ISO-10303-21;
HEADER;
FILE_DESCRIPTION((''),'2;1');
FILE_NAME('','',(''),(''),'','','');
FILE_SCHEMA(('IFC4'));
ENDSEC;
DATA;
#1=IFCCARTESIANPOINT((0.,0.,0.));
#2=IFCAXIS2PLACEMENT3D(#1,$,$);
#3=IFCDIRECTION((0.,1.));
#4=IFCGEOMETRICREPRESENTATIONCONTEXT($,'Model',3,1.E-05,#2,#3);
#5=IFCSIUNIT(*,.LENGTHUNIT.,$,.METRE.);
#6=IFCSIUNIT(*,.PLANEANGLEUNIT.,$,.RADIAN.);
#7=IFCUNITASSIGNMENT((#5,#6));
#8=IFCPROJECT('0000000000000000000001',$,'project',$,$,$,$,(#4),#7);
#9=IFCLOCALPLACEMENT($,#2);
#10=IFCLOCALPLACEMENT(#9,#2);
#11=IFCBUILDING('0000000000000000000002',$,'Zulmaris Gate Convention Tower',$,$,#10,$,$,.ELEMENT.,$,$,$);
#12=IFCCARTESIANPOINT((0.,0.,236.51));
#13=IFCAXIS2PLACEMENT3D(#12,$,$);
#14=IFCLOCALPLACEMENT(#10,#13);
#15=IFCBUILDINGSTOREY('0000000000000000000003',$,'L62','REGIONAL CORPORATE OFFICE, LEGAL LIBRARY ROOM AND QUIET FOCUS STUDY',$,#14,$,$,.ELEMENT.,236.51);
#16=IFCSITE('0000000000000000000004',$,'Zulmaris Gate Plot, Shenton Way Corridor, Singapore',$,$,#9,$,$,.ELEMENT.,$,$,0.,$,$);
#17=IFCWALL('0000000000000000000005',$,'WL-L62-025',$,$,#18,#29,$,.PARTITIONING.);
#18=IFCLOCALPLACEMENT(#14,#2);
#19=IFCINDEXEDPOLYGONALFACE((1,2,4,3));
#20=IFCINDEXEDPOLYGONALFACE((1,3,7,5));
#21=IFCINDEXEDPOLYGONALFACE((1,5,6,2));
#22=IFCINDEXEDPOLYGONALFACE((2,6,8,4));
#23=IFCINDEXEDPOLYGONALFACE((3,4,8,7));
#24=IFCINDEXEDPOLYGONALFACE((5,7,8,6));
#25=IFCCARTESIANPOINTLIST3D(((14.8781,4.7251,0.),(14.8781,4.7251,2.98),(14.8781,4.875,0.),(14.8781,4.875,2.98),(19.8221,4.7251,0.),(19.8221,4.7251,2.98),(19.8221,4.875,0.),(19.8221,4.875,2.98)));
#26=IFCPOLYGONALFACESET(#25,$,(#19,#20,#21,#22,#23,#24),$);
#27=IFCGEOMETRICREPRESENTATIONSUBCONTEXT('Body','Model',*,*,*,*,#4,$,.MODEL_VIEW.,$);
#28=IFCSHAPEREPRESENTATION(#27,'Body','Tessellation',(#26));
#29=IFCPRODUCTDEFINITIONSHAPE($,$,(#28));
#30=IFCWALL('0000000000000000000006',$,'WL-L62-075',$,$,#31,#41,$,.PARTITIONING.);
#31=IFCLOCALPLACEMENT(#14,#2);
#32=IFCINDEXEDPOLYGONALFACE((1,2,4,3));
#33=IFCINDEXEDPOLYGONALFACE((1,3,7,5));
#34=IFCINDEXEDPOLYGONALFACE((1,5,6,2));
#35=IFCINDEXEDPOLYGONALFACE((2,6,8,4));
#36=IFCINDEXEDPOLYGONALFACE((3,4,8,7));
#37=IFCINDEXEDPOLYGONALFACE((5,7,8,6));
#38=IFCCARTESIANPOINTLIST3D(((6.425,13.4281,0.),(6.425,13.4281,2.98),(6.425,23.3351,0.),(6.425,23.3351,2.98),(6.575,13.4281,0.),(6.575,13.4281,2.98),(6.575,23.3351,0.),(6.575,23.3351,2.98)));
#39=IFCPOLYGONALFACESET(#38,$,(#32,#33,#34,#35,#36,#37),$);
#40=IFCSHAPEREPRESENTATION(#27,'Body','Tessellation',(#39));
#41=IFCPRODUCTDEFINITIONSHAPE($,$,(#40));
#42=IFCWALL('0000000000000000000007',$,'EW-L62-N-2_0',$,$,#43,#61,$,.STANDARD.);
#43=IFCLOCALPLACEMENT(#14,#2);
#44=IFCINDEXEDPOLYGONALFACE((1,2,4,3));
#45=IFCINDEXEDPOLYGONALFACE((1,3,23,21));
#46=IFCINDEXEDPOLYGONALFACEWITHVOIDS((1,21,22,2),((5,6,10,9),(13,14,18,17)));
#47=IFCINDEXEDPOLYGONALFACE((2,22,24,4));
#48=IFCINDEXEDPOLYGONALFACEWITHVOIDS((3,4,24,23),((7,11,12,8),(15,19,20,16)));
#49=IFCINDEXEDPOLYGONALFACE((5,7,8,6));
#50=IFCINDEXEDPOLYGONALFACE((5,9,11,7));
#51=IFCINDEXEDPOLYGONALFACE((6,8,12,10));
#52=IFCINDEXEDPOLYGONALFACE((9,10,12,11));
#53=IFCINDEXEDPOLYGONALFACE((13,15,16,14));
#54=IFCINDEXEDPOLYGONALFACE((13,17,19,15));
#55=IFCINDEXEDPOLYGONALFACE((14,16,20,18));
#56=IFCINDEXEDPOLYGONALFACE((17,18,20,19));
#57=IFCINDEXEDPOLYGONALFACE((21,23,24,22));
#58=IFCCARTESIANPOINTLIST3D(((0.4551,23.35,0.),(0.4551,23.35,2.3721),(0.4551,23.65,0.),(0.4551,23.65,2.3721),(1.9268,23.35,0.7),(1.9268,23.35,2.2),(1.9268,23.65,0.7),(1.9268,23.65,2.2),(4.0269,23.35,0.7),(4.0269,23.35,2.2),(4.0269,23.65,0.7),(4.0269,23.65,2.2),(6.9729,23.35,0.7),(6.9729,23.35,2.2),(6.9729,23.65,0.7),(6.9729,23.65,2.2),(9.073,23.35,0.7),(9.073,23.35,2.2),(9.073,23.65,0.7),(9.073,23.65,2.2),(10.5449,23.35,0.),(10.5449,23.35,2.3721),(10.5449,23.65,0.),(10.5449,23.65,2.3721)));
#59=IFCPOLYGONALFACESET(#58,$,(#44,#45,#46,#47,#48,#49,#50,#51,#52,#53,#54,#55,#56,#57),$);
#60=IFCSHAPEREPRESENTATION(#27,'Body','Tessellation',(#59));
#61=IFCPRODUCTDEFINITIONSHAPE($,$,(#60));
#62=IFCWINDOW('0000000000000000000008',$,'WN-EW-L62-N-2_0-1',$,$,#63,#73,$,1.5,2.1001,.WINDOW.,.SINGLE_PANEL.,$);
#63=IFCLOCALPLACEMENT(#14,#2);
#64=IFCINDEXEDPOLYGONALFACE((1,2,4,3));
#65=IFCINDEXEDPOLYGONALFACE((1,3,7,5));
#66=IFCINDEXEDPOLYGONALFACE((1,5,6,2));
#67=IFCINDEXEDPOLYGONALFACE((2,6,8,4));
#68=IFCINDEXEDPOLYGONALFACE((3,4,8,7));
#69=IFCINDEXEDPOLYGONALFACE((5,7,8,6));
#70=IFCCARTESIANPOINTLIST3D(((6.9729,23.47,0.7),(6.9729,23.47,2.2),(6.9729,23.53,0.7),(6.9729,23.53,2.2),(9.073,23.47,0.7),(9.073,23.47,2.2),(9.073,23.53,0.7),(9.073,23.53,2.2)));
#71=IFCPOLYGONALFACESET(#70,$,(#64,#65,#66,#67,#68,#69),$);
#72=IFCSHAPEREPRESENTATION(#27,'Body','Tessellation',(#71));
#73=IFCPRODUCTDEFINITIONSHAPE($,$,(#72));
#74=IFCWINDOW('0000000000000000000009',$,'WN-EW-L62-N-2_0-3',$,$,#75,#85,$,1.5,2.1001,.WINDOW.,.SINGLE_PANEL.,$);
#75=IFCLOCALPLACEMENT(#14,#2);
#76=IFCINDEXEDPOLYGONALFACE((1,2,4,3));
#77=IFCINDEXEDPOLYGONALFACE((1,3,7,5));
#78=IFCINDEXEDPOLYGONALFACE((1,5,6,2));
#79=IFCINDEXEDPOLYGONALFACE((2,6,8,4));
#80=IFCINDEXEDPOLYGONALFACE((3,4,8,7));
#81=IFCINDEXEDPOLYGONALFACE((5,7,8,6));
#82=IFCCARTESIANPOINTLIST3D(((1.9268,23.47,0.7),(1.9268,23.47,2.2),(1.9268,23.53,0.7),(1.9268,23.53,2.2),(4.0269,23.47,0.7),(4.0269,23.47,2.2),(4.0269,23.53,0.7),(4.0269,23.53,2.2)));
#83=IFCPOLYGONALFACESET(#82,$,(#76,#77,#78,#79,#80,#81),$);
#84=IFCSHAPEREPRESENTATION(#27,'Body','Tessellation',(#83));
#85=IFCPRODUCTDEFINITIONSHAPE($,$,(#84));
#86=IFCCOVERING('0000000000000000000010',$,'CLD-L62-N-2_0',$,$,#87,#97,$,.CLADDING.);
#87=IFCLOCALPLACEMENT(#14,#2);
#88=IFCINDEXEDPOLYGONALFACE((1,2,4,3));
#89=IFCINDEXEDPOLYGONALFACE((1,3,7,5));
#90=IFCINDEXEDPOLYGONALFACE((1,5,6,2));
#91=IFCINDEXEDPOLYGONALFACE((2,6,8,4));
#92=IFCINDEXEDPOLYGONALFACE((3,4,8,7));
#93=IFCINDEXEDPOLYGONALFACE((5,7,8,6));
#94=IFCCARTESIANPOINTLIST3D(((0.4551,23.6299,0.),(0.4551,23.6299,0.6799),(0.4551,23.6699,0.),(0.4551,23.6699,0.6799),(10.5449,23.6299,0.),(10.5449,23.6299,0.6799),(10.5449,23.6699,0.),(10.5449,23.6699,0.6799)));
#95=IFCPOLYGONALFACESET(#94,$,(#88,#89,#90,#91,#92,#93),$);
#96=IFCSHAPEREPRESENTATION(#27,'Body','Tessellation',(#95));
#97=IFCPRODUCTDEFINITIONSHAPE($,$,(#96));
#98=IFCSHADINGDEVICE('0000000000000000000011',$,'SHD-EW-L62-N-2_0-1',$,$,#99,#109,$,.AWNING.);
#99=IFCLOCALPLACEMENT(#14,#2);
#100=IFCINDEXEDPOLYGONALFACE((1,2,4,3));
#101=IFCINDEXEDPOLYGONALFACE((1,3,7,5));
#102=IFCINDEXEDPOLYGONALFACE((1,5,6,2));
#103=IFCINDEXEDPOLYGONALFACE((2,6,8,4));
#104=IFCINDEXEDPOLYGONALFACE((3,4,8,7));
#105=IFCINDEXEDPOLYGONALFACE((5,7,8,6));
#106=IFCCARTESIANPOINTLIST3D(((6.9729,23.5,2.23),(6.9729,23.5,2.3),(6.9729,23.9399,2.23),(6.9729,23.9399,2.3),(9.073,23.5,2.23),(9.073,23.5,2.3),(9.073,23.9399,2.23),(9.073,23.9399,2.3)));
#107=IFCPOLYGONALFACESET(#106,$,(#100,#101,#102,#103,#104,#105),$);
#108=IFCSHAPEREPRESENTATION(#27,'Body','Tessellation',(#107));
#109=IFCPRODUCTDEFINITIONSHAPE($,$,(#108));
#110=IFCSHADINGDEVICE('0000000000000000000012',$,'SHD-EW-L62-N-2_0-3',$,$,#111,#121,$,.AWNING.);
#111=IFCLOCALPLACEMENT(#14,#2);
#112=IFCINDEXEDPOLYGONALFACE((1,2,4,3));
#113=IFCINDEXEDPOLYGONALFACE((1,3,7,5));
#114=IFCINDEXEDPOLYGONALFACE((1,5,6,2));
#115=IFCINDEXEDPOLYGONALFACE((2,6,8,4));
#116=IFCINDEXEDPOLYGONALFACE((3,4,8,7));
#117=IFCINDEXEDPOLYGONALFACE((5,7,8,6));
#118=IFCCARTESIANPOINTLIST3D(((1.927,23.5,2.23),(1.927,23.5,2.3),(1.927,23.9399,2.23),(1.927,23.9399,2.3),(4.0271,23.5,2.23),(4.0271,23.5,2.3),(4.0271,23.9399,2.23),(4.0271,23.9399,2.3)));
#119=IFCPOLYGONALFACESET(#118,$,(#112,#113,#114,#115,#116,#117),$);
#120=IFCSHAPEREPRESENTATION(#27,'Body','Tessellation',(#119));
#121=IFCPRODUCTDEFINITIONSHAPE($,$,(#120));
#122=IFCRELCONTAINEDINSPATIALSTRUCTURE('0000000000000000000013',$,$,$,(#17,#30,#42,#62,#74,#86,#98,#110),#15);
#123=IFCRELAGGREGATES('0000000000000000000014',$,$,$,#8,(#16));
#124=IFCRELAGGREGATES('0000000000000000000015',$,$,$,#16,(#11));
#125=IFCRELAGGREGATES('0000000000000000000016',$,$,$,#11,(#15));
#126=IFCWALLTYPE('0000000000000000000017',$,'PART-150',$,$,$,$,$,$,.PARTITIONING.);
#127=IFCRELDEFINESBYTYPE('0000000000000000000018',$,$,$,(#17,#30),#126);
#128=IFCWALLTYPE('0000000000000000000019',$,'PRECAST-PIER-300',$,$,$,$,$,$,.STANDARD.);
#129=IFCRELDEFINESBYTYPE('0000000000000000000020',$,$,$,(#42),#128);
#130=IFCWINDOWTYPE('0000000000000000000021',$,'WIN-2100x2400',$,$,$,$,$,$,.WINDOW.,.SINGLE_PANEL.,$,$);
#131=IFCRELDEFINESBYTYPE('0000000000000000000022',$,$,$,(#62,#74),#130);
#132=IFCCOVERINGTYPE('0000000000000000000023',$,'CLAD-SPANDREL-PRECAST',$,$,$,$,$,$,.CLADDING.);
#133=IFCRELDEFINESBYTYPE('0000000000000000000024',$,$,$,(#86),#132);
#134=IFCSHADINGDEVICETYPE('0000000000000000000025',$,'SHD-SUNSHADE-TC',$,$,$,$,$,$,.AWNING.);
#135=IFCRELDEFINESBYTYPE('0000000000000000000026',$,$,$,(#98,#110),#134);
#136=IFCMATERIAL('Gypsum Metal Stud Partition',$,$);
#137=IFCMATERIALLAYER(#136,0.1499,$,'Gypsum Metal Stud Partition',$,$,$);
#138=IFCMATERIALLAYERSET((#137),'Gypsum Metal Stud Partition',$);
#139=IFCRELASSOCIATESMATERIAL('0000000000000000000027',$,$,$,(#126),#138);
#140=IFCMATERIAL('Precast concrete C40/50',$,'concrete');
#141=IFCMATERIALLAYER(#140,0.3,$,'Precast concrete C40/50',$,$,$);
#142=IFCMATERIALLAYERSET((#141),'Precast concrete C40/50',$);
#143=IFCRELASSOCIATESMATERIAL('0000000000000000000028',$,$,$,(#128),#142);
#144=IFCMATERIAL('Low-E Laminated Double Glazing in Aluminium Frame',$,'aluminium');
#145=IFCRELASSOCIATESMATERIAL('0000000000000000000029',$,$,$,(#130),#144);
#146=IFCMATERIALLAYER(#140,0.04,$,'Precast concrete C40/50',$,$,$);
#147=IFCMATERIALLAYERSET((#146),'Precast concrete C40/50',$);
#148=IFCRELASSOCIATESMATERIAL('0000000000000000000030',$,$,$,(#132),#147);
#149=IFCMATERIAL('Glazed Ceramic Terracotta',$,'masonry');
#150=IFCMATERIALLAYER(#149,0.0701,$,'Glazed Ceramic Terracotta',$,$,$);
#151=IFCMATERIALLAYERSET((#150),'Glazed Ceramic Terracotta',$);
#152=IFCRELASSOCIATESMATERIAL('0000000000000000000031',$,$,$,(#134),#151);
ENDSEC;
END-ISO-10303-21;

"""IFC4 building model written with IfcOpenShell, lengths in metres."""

from ifc_helpers import new_model, si_unit, direction, frame, frame_2d, origin, place, context, subcontext, project, spatial, rectangle, extrude, material, layer, layer_set, type_object, element, fill, save


model = new_model("IFC4")

# Units and contexts
model_context = context("Model", 3, precision=1e-05, world=origin(), true_north=direction((0.0, 1.0)))
body_context = subcontext(model_context, "Body", "Model", "MODEL_VIEW")
ifc_project = project(units=[si_unit("LENGTHUNIT", "METRE"), si_unit("PLANEANGLEUNIT", "RADIAN")], contexts=[model_context])

# Site, building, storey
site_placement = place(None, origin())
site = spatial("IfcSite", under=ifc_project, at=site_placement, Name="Zulmaris Gate Plot, Shenton Way Corridor, Singapore", CompositionType="ELEMENT", RefElevation=0.0)
building_placement = place(site_placement, origin())
building = spatial("IfcBuilding", under=site, at=building_placement, Name="Zulmaris Gate Convention Tower", CompositionType="ELEMENT")
storey_placement = place(building_placement, frame((0.0, 0.0, 236.51)))
storey = spatial("IfcBuildingStorey", under=building, at=storey_placement, Name="L62", Description="REGIONAL CORPORATE OFFICE, LEGAL LIBRARY ROOM AND QUIET FOCUS STUDY", CompositionType="ELEMENT", Elevation=236.51)

# Walls
ifc_material_1 = material(Name="Gypsum Metal Stud Partition")
ifc_layer_1 = layer(ifc_material_1, 0.1499, Name="Gypsum Metal Stud Partition")
ifc_layer_set_1 = layer_set([ifc_layer_1], Name="Gypsum Metal Stud Partition")
wall_type_1 = type_object("IfcWallType", Name="PART-150", PredefinedType="PARTITIONING", material=ifc_layer_set_1)
wall_1_placement = place(storey_placement, frame((14.8779, 4.8, 0.0), z_axis=(0.0, 0.0, 1.0), x_axis=(1.0, 0.0, 0.0)))
element("IfcWall", 1, at=wall_1_placement, inside=storey, type_object=wall_type_1, Name="WL-L62-025", PredefinedType="PARTITIONING", context=body_context, shape_type="SweptSolid", body=[
    extrude(rectangle(XDim=4.9441, YDim=0.1499, at=frame_2d((2.4722, 0.0))), origin(), (0.0, 0.0, 1.0), 2.98),
])
wall_2_placement = place(storey_placement, frame((6.5, 13.428, 0.0), z_axis=(0.0, 0.0, 1.0), x_axis=(0.0, 1.0, 0.0)))
element("IfcWall", 2, at=wall_2_placement, inside=storey, type_object=wall_type_1, Name="WL-L62-075", PredefinedType="PARTITIONING", context=body_context, shape_type="SweptSolid", body=[
    extrude(rectangle(XDim=9.907, YDim=0.1499, at=frame_2d((4.9536, 0.0))), origin(), (0.0, 0.0, 1.0), 2.98),
])

# Wall, openings, windows
ifc_material_2 = material(Name="Precast concrete C40/50", Category="concrete")
ifc_layer_2 = layer(ifc_material_2, 0.3, Name="Precast concrete C40/50")
ifc_layer_set_2 = layer_set([ifc_layer_2], Name="Precast concrete C40/50")
wall_type_2 = type_object("IfcWallType", Name="PRECAST-PIER-300", PredefinedType="STANDARD", material=ifc_layer_set_2)
wall_3_placement = place(storey_placement, frame((10.5449, 23.5, 0.0), z_axis=(0.0, 0.0, 1.0), x_axis=(-1.0, 0.0, 0.0)))
wall_3 = element("IfcWall", 3, at=wall_3_placement, inside=storey, type_object=wall_type_2, Name="EW-L62-N-2_0", PredefinedType="STANDARD", context=body_context, shape_type="SweptSolid", body=[
    extrude(rectangle(XDim=10.0898, YDim=0.3, at=frame_2d((5.0449, 0.0))), origin(), (0.0, 0.0, 1.0), 2.3721),
])
opening_1_placement = place(wall_3_placement, frame((1.4719, 0.0, 0.7)))
opening_1 = element("IfcOpeningElement", 4, at=opening_1_placement, cuts=wall_3, PredefinedType="OPENING", context=body_context, shape_type="SweptSolid", body=[
    extrude(rectangle(XDim=2.1001, YDim=1.5, at=frame_2d((1.05, 0.75))), frame((0.0, 0.1602, 0.0), z_axis=(0.0, -1.0, 0.0), x_axis=(1.0, 0.0, 0.0)), (0.0, 0.0, 1.0), 0.3201),
])
opening_2_placement = place(wall_3_placement, frame((6.5181, 0.0, 0.7)))
opening_2 = element("IfcOpeningElement", 5, at=opening_2_placement, cuts=wall_3, PredefinedType="OPENING", context=body_context, shape_type="SweptSolid", body=[
    extrude(rectangle(XDim=2.1001, YDim=1.5, at=frame_2d((1.05, 0.75))), frame((0.0, 0.1602, 0.0), z_axis=(0.0, -1.0, 0.0), x_axis=(1.0, 0.0, 0.0)), (0.0, 0.0, 1.0), 0.3201),
])
ifc_material_3 = material(Name="Low-E Laminated Double Glazing in Aluminium Frame", Category="aluminium")
window_type = type_object("IfcWindowType", Name="WIN-2100x2400", PartitioningType="SINGLE_PANEL", PredefinedType="WINDOW", material=ifc_material_3)
window_1_placement = place(opening_1_placement, origin())
window_1 = element("IfcWindow", 6, at=window_1_placement, inside=storey, type_object=window_type, Name="WN-EW-L62-N-2_0-1", OverallHeight=1.5, OverallWidth=2.1001, PartitioningType="SINGLE_PANEL", PredefinedType="WINDOW", context=body_context, shape_type="SweptSolid", body=[
    extrude(rectangle(XDim=2.1001, YDim=1.5, at=frame_2d((1.05, 0.75))), frame((0.0, 0.03, 0.0), z_axis=(0.0, -1.0, 0.0), x_axis=(1.0, 0.0, 0.0)), (0.0, 0.0, 1.0), 0.0601),
])
fill(opening_1, window_1)
window_2_placement = place(opening_2_placement, origin())
window_2 = element("IfcWindow", 7, at=window_2_placement, inside=storey, type_object=window_type, Name="WN-EW-L62-N-2_0-3", OverallHeight=1.5, OverallWidth=2.1001, PartitioningType="SINGLE_PANEL", PredefinedType="WINDOW", context=body_context, shape_type="SweptSolid", body=[
    extrude(rectangle(XDim=2.1001, YDim=1.5, at=frame_2d((1.05, 0.75))), frame((0.0, 0.03, 0.0), z_axis=(0.0, -1.0, 0.0), x_axis=(1.0, 0.0, 0.0)), (0.0, 0.0, 1.0), 0.0601),
])
fill(opening_2, window_2)

# Covering
ifc_layer_3 = layer(ifc_material_2, 0.04, Name="Precast concrete C40/50")
ifc_layer_set_3 = layer_set([ifc_layer_3], Name="Precast concrete C40/50")
covering_type = type_object("IfcCoveringType", Name="CLAD-SPANDREL-PRECAST", PredefinedType="CLADDING", material=ifc_layer_set_3)
covering_placement = place(storey_placement, frame((10.5449, 23.6499, 0.0), z_axis=(0.0, 0.0, 1.0), x_axis=(-1.0, 0.0, 0.0)))
element("IfcCovering", 8, at=covering_placement, inside=storey, type_object=covering_type, Name="CLD-L62-N-2_0", PredefinedType="CLADDING", context=body_context, shape_type="SweptSolid", body=[
    extrude(rectangle(XDim=10.0898, YDim=0.04, at=frame_2d((5.0449, 0.0))), origin(), (0.0, 0.0, 1.0), 0.6799),
])

# Shading devices
ifc_material_4 = material(Name="Glazed Ceramic Terracotta", Category="masonry")
ifc_layer_4 = layer(ifc_material_4, 0.0701, Name="Glazed Ceramic Terracotta")
ifc_layer_set_4 = layer_set([ifc_layer_4], Name="Glazed Ceramic Terracotta")
shading_device_type = type_object("IfcShadingDeviceType", Name="SHD-SUNSHADE-TC", PredefinedType="AWNING", material=ifc_layer_set_4)
for number, where, z_axis, x_axis, name in (
    (9, (9.073, 23.72, 2.23), (0.0, 0.0, 1.0), (-1.0, 0.0, 0.0), "SHD-EW-L62-N-2_0-1"),
    (10, (4.0271, 23.72, 2.23), (0.0, 0.0, 1.0), (-1.0, 0.0, 0.0), "SHD-EW-L62-N-2_0-3"),
):
    element("IfcShadingDevice", number, at=place(storey_placement, frame(where, z_axis=z_axis, x_axis=x_axis)), inside=storey, type_object=shading_device_type, Name=name, PredefinedType="AWNING", context=body_context, shape_type="SweptSolid", body=[
        extrude(rectangle(XDim=2.1001, YDim=0.4399, at=frame_2d((1.05, 0.0))), origin(), (0.0, 0.0, 1.0), 0.0701),
    ])

save(model, "model.ifc")
